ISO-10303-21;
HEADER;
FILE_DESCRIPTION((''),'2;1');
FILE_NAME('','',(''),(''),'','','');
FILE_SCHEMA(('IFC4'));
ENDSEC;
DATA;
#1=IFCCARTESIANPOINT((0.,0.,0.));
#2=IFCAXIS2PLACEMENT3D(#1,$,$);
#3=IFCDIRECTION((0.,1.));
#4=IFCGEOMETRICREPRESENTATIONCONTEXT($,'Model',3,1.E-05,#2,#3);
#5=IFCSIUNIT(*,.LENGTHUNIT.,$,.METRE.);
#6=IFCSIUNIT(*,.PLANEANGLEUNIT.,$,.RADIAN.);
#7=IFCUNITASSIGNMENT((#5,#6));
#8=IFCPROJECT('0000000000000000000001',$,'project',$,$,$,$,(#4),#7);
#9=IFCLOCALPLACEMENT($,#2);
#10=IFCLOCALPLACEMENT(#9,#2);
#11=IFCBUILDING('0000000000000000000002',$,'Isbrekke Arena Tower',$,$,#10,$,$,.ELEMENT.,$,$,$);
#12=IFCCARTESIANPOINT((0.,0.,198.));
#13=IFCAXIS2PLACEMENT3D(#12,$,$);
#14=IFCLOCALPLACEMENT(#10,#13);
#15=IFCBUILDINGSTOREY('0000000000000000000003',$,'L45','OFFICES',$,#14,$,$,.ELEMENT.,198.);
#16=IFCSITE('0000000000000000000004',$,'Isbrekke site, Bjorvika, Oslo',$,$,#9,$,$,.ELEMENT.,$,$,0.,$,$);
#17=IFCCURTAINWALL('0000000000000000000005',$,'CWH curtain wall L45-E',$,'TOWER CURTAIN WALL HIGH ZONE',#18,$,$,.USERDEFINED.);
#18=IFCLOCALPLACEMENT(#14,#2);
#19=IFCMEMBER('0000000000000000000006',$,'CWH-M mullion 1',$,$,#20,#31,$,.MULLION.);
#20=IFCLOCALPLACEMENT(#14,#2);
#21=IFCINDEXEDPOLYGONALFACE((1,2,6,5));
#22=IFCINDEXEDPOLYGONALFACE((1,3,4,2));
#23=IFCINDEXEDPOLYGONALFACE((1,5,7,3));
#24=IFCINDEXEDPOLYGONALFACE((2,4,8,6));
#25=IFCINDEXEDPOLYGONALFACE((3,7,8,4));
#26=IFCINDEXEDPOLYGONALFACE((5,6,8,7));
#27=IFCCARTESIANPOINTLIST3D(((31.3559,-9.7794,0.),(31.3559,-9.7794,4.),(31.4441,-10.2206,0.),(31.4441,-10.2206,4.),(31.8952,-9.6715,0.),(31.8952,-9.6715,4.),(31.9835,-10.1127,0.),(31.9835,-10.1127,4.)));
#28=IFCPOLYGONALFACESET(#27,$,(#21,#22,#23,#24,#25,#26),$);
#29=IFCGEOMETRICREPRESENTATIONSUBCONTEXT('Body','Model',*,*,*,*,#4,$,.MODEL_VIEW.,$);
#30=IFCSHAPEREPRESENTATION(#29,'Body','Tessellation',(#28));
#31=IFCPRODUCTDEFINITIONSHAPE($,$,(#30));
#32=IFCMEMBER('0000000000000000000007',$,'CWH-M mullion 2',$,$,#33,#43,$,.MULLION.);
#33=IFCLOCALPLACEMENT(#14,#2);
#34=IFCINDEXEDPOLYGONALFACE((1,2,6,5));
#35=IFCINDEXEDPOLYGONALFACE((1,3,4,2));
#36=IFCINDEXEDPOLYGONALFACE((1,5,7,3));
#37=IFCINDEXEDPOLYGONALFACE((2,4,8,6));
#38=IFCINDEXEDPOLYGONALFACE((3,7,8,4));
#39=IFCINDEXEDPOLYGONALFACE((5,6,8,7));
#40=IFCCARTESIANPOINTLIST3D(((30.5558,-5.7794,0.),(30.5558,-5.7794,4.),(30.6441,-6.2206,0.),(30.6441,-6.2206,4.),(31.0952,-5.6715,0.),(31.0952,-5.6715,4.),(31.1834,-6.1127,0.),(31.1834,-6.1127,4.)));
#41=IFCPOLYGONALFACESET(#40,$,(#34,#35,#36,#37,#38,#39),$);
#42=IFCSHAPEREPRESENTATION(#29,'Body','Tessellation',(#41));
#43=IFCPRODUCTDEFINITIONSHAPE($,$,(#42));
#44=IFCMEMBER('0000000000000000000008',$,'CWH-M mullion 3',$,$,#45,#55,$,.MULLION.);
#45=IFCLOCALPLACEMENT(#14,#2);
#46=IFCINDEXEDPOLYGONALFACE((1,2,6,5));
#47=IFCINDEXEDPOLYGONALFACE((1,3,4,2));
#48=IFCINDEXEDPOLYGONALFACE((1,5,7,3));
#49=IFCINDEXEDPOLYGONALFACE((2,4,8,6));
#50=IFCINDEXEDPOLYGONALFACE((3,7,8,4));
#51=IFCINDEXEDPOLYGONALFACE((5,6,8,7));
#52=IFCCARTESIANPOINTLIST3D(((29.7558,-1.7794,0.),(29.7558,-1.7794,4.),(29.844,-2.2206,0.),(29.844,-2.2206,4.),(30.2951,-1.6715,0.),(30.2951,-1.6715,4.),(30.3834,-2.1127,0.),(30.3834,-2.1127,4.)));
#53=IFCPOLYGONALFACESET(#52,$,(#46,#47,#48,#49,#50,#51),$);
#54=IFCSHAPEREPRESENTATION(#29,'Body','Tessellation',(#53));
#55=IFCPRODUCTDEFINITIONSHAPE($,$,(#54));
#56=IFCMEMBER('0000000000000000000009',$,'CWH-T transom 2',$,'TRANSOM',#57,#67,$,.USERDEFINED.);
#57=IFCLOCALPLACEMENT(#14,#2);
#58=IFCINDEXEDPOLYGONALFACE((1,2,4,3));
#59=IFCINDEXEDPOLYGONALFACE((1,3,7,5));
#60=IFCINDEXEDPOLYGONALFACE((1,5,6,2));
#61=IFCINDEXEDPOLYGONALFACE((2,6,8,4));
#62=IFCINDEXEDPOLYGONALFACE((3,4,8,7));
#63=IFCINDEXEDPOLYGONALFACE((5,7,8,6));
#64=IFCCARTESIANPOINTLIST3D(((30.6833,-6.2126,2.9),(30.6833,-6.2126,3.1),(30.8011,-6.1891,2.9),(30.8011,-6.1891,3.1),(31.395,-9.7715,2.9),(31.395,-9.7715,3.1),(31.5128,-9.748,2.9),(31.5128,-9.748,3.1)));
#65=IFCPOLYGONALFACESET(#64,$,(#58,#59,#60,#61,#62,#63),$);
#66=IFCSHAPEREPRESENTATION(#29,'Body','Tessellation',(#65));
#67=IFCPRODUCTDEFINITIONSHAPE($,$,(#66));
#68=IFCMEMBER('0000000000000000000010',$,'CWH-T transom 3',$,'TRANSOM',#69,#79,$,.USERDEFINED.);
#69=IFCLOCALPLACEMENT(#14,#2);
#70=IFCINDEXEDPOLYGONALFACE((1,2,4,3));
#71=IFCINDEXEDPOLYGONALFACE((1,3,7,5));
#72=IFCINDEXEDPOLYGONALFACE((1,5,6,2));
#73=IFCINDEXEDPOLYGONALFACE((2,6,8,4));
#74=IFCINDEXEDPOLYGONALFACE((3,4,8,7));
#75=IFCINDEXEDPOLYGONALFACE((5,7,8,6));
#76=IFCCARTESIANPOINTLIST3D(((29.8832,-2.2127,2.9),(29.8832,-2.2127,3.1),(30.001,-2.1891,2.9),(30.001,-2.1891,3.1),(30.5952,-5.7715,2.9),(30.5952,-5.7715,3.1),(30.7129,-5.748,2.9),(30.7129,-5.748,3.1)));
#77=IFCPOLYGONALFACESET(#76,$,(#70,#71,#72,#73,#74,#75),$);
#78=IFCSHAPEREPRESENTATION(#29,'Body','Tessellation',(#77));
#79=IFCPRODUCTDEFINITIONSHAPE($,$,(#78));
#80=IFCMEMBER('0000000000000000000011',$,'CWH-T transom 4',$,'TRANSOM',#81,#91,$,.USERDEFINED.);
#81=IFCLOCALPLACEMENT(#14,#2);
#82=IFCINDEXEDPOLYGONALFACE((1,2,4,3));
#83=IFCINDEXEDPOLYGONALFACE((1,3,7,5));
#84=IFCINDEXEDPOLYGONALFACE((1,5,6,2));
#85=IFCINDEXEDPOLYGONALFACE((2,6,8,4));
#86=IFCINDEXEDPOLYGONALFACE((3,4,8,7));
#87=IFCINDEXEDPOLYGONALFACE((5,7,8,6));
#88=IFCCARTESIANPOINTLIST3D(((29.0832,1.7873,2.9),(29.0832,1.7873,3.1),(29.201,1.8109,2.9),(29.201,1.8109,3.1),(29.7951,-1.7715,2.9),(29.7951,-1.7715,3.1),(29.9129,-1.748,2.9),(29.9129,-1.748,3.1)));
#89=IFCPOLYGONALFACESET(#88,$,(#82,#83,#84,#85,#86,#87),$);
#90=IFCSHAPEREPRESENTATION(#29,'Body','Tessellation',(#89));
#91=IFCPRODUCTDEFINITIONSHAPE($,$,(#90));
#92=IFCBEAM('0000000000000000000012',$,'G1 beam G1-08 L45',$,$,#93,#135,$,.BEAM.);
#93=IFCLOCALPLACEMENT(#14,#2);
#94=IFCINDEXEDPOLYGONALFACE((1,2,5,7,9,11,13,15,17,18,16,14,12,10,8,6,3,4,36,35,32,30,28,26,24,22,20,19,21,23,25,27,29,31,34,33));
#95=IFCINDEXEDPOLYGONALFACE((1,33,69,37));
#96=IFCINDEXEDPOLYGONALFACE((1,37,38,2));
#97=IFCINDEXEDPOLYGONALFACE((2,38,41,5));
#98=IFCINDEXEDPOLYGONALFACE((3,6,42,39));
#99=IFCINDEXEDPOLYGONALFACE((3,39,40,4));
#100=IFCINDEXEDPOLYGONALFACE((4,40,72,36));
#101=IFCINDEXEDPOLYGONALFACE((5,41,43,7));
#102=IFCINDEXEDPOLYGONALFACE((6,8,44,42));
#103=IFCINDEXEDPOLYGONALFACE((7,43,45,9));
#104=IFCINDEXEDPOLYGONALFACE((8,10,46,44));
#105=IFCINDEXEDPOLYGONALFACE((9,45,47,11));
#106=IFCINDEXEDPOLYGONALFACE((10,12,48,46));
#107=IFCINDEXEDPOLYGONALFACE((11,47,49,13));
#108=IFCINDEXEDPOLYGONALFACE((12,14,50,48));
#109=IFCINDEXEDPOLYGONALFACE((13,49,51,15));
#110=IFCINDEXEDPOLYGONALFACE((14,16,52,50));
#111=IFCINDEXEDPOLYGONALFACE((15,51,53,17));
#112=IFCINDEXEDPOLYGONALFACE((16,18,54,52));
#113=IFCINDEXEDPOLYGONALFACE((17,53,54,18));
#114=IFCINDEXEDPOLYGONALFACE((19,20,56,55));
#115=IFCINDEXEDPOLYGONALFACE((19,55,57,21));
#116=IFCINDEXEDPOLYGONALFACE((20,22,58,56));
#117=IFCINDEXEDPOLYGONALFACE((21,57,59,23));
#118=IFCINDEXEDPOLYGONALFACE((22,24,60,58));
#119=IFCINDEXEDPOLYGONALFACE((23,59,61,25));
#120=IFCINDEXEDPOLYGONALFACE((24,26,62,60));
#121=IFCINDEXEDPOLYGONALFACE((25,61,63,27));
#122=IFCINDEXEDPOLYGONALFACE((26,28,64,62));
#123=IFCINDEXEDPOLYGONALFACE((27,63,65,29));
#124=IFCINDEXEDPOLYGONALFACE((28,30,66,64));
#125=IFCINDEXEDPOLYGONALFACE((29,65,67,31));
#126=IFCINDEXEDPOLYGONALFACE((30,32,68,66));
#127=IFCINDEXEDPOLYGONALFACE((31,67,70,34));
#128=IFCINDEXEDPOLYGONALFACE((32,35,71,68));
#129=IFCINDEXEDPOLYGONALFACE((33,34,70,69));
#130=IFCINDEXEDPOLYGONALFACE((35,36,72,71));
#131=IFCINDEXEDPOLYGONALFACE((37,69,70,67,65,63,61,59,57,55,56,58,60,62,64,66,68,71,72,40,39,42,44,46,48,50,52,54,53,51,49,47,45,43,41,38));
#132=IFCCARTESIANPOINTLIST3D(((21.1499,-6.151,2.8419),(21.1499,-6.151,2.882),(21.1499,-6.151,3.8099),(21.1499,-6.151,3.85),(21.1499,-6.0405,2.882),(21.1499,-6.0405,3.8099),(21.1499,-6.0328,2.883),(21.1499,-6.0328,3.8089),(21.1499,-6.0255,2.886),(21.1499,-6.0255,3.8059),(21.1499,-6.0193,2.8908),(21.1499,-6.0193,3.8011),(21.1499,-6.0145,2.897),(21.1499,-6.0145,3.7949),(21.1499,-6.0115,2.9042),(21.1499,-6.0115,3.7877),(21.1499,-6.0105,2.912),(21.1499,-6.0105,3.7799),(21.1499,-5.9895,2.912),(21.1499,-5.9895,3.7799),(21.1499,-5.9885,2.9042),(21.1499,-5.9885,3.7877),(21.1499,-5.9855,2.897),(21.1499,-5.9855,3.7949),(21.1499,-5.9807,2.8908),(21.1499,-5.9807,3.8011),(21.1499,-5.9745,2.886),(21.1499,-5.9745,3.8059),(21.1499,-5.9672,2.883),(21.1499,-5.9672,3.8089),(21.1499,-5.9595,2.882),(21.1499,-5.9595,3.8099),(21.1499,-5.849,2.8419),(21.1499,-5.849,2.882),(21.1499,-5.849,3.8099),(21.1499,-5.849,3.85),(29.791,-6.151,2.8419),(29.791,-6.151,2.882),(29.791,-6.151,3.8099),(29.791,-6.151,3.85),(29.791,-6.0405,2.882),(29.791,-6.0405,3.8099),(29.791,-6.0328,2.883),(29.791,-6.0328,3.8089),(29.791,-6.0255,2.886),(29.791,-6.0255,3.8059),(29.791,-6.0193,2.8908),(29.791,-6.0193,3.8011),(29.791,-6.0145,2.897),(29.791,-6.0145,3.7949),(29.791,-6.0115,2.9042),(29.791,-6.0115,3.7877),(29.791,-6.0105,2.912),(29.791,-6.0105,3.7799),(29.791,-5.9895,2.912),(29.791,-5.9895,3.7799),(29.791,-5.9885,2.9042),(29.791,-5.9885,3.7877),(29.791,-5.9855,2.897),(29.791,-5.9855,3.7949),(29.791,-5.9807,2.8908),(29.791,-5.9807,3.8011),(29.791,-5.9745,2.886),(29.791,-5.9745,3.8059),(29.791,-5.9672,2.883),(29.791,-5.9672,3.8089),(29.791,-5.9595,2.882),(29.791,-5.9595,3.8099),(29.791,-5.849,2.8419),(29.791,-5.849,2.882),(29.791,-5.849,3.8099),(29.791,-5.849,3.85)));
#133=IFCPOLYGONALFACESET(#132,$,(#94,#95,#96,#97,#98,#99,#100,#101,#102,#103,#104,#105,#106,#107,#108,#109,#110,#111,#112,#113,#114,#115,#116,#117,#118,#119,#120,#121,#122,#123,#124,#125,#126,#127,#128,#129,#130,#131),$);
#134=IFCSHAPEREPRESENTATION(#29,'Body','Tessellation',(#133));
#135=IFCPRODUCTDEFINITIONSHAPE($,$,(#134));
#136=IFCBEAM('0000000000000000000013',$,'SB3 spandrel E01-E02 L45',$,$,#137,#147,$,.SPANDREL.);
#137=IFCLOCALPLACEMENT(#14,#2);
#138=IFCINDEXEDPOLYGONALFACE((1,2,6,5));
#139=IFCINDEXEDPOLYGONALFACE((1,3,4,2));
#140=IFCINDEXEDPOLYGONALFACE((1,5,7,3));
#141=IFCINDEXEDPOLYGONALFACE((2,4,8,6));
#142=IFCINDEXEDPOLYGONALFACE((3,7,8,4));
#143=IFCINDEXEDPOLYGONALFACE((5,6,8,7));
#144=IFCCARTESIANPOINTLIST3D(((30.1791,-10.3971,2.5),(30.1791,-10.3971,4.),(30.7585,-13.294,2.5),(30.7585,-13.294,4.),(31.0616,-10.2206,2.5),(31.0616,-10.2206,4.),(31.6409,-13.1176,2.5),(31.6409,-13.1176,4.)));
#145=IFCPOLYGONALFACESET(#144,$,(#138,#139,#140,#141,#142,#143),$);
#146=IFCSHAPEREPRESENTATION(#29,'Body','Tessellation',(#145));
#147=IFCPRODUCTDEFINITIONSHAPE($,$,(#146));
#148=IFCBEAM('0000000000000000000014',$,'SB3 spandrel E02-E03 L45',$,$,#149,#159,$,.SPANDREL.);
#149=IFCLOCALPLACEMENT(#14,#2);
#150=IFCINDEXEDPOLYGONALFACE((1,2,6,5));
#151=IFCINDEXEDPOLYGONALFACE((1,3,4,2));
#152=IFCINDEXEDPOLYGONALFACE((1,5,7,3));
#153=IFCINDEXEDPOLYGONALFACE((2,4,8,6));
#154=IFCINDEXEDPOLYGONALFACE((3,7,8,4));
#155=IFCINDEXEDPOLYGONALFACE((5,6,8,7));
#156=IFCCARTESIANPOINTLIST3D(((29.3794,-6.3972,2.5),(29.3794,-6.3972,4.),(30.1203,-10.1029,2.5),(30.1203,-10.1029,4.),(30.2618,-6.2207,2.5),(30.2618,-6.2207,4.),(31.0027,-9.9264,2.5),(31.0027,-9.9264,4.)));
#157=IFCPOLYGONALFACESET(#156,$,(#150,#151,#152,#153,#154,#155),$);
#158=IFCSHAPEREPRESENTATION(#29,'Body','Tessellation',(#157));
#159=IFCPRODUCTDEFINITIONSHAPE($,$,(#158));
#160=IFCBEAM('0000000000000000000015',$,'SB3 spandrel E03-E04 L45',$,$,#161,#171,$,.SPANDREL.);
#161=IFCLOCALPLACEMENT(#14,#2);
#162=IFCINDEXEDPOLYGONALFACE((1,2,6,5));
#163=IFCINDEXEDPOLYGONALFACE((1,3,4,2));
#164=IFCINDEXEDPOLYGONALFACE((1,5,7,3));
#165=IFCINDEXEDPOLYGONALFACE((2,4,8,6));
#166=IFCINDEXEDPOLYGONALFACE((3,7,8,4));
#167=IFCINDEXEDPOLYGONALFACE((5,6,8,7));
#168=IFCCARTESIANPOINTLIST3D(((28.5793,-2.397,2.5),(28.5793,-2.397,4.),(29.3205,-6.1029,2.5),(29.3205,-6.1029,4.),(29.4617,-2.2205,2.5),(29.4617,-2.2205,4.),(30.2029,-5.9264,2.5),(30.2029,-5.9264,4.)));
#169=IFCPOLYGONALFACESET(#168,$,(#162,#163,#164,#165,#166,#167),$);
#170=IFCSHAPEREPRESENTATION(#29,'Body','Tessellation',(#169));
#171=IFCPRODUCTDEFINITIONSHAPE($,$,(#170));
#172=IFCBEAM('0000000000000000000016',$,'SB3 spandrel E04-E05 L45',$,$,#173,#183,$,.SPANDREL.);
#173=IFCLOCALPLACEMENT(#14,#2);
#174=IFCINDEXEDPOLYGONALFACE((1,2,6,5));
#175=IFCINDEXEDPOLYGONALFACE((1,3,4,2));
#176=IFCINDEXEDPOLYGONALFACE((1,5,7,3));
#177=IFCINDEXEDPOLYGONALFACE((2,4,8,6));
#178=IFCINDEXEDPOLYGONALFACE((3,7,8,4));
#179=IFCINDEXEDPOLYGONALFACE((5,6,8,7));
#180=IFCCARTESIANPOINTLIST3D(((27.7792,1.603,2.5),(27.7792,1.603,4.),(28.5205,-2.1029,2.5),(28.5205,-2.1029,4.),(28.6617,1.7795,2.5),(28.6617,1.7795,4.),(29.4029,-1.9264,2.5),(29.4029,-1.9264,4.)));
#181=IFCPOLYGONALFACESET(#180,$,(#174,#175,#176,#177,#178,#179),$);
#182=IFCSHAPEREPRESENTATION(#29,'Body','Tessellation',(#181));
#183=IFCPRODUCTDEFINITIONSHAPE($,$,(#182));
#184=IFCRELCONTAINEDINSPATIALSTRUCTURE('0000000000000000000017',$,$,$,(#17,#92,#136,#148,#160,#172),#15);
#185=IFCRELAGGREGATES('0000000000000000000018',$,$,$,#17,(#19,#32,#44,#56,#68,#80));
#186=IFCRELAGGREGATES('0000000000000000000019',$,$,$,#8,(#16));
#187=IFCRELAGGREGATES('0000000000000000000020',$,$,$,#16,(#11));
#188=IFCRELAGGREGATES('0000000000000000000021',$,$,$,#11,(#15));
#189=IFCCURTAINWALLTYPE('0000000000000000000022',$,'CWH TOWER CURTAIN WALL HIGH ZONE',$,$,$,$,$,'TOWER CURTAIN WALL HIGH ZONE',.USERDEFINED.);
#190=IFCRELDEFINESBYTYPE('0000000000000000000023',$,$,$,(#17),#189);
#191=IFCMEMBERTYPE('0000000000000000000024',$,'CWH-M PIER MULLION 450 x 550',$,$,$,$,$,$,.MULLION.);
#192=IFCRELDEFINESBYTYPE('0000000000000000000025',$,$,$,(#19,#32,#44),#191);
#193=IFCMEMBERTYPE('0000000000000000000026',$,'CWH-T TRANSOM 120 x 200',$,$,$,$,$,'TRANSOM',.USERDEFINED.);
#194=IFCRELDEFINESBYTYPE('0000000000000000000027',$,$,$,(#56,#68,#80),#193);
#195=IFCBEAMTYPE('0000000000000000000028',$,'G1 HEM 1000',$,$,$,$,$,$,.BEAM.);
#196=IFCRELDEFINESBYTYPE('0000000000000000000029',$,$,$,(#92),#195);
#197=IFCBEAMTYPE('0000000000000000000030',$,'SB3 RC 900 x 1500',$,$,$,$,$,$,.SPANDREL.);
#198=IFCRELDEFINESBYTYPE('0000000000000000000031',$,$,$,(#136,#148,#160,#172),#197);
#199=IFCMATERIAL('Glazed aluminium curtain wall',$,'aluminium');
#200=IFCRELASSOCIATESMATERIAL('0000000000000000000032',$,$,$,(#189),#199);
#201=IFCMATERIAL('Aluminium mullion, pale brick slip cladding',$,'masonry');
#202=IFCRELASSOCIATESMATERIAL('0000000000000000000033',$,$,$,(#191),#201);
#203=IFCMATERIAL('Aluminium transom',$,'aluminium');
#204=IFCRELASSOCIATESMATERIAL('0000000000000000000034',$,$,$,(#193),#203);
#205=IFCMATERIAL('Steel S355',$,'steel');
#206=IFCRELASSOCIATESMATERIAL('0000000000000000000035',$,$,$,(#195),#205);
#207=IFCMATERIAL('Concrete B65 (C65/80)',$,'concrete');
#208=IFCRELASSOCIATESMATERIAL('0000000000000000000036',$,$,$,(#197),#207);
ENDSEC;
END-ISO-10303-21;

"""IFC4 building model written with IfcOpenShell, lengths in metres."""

from ifc_helpers import new_model, si_unit, direction, frame, origin, origin_2d, place, context, subcontext, project, spatial, rectangle, i_section, extrude, material, material_profile, profile_set, type_object, element, aggregate, save


model = new_model("IFC4")

# Units and contexts
model_context = context("Model", 3, precision=1e-05, world=origin(), true_north=direction((0.0, 1.0)))
body_context = subcontext(model_context, "Body", "Model", "MODEL_VIEW")
ifc_project = project(units=[si_unit("LENGTHUNIT", "METRE"), si_unit("PLANEANGLEUNIT", "RADIAN")], contexts=[model_context])

# Site, building, storey
site_placement = place(None, origin())
site = spatial("IfcSite", under=ifc_project, at=site_placement, Name="Isbrekke site, Bjorvika, Oslo", CompositionType="ELEMENT", RefElevation=0.0)
building_placement = place(site_placement, origin())
building = spatial("IfcBuilding", under=site, at=building_placement, Name="Isbrekke Arena Tower", CompositionType="ELEMENT")
storey_placement = place(building_placement, frame((0.0, 0.0, 198.0)))
storey = spatial("IfcBuildingStorey", under=building, at=storey_placement, Name="L45", Description="OFFICES", CompositionType="ELEMENT", Elevation=198.0)

# Curtain wall, members
ifc_material_1 = material(Name="Glazed aluminium curtain wall", Category="aluminium")
curtain_wall_type = type_object("IfcCurtainWallType", Name="CWH TOWER CURTAIN WALL HIGH ZONE", ElementType="TOWER CURTAIN WALL HIGH ZONE", PredefinedType="USERDEFINED", material=ifc_material_1)
curtain_wall_placement = place(storey_placement, origin())
curtain_wall = element("IfcCurtainWall", 1, at=curtain_wall_placement, inside=storey, type_object=curtain_wall_type, Name="CWH curtain wall L45-E", ObjectType="TOWER CURTAIN WALL HIGH ZONE", PredefinedType="USERDEFINED")
ifc_material_2 = material(Name="Aluminium mullion, pale brick slip cladding", Category="masonry")
ifc_material_profile_1 = material_profile(ifc_material_2, rectangle(XDim=0.45, YDim=0.55, at=origin_2d()), Name="PIER 450X550")
ifc_profile_set_1 = profile_set([ifc_material_profile_1], Name="Aluminium mullion, pale brick slip cladding")
member_type_1 = type_object("IfcMemberType", Name="CWH-M PIER MULLION 450 x 550", PredefinedType="MULLION", material=ifc_profile_set_1)
member_1_placement = place(storey_placement, frame((31.6697, -9.946, 0.0), z_axis=(0.0, 0.0, 1.0), x_axis=(-0.196116, 0.980581, 0.0)))
member_1 = element("IfcMember", 2, at=member_1_placement, type_object=member_type_1, Name="CWH-M mullion 1", PredefinedType="MULLION", context=body_context, shape_type="SweptSolid", body=[
    extrude(rectangle(XDim=0.45, YDim=0.55, at=origin_2d()), origin(), (0.0, 0.0, 1.0), 4.0),
])
member_2_placement = place(storey_placement, frame((30.8696, -5.946, 0.0), z_axis=(0.0, 0.0, 1.0), x_axis=(-0.196116, 0.980581, 0.0)))
member_2 = element("IfcMember", 3, at=member_2_placement, type_object=member_type_1, Name="CWH-M mullion 2", PredefinedType="MULLION", context=body_context, shape_type="SweptSolid", body=[
    extrude(rectangle(XDim=0.45, YDim=0.55, at=origin_2d()), origin(), (0.0, 0.0, 1.0), 4.0),
])
member_3_placement = place(storey_placement, frame((30.0696, -1.946, 0.0), z_axis=(0.0, 0.0, 1.0), x_axis=(-0.196116, 0.980581, 0.0)))
member_3 = element("IfcMember", 4, at=member_3_placement, type_object=member_type_1, Name="CWH-M mullion 3", PredefinedType="MULLION", context=body_context, shape_type="SweptSolid", body=[
    extrude(rectangle(XDim=0.45, YDim=0.55, at=origin_2d()), origin(), (0.0, 0.0, 1.0), 4.0),
])
ifc_material_3 = material(Name="Aluminium transom", Category="aluminium")
ifc_material_profile_2 = material_profile(ifc_material_3, rectangle(XDim=0.1201, YDim=0.2, at=origin_2d()), Name="TRANSOM 120X200")
ifc_profile_set_2 = profile_set([ifc_material_profile_2], Name="Aluminium transom")
member_type_2 = type_object("IfcMemberType", Name="CWH-T TRANSOM 120 x 200", ElementType="TRANSOM", PredefinedType="USERDEFINED", material=ifc_profile_set_2)
member_4_placement = place(storey_placement, frame((31.4539, -9.7598, 3.0), z_axis=(-0.19609, 0.980586, 0.0), x_axis=(-0.980586, -0.19609, 0.0)))
member_4 = element("IfcMember", 5, at=member_4_placement, type_object=member_type_2, Name="CWH-T transom 2", ObjectType="TRANSOM", PredefinedType="USERDEFINED", context=body_context, shape_type="SweptSolid", body=[
    extrude(rectangle(XDim=0.1201, YDim=0.2, at=origin_2d()), origin(), (0.0, 0.0, 1.0), 3.6294),
])
member_5_placement = place(storey_placement, frame((30.6541, -5.7598, 3.0), z_axis=(-0.196155, 0.980573, 0.0), x_axis=(-0.980573, -0.196155, 0.0)))
member_5 = element("IfcMember", 6, at=member_5_placement, type_object=member_type_2, Name="CWH-T transom 3", ObjectType="TRANSOM", PredefinedType="USERDEFINED", context=body_context, shape_type="SweptSolid", body=[
    extrude(rectangle(XDim=0.1201, YDim=0.2, at=origin_2d()), origin(), (0.0, 0.0, 1.0), 3.6294),
])
member_6_placement = place(storey_placement, frame((29.854, -1.7598, 3.0), z_axis=(-0.196155, 0.980573, 0.0), x_axis=(-0.980573, -0.196155, 0.0)))
member_6 = element("IfcMember", 7, at=member_6_placement, type_object=member_type_2, Name="CWH-T transom 4", ObjectType="TRANSOM", PredefinedType="USERDEFINED", context=body_context, shape_type="SweptSolid", body=[
    extrude(rectangle(XDim=0.1201, YDim=0.2, at=origin_2d()), origin(), (0.0, 0.0, 1.0), 3.6294),
])

# Beams
ifc_material_4 = material(Name="Steel S355", Category="steel")
ifc_material_profile_3 = material_profile(ifc_material_4, i_section(OverallWidth=0.302, OverallDepth=1.0081, WebThickness=0.021, FlangeThickness=0.04, FilletRadius=0.03, at=origin_2d()), Name="HEM 1000")
ifc_profile_set_3 = profile_set([ifc_material_profile_3], Name="Steel S355")
beam_type_1 = type_object("IfcBeamType", Name="G1 HEM 1000", PredefinedType="BEAM", material=ifc_profile_set_3)
beam_1_placement = place(storey_placement, frame((21.1499, -6.0, 3.3459), z_axis=(1.0, 0.0, 0.0), x_axis=(0.0, 1.0, 0.0)))
element("IfcBeam", 8, at=beam_1_placement, inside=storey, type_object=beam_type_1, Name="G1 beam G1-08 L45", PredefinedType="BEAM", context=body_context, shape_type="SweptSolid", body=[
    extrude(i_section(OverallWidth=0.302, OverallDepth=1.0081, WebThickness=0.021, FlangeThickness=0.04, FilletRadius=0.03, at=origin_2d()), origin(), (0.0, 0.0, 1.0), 8.6411),
])
ifc_material_5 = material(Name="Concrete B65 (C65/80)", Category="concrete")
ifc_material_profile_4 = material_profile(ifc_material_5, rectangle(XDim=0.8999, YDim=1.5, at=origin_2d()), Name="RC 900x1500")
ifc_profile_set_4 = profile_set([ifc_material_profile_4], Name="Concrete B65 (C65/80)")
beam_type_2 = type_object("IfcBeamType", Name="SB3 RC 900 x 1500", PredefinedType="SPANDREL", material=ifc_profile_set_4)
beam_2_placement = place(storey_placement, frame((31.1997, -13.2058, 3.25), z_axis=(-0.1961, 0.980584, 0.0), x_axis=(-0.980584, -0.1961, 0.0)))
element("IfcBeam", 9, at=beam_2_placement, inside=storey, type_object=beam_type_2, Name="SB3 spandrel E01-E02 L45", PredefinedType="SPANDREL", context=body_context, shape_type="SweptSolid", body=[
    extrude(rectangle(XDim=0.8999, YDim=1.5, at=origin_2d()), origin(), (0.0, 0.0, 1.0), 2.9543),
])
beam_3_placement = place(storey_placement, frame((30.5615, -10.0146, 3.25), z_axis=(-0.196066, 0.980591, 0.0), x_axis=(-0.980591, -0.196066, 0.0)))
element("IfcBeam", 10, at=beam_3_placement, inside=storey, type_object=beam_type_2, Name="SB3 spandrel E02-E03 L45", PredefinedType="SPANDREL", context=body_context, shape_type="SweptSolid", body=[
    extrude(rectangle(XDim=0.8999, YDim=1.5, at=origin_2d()), origin(), (0.0, 0.0, 1.0), 3.7791),
])
for number, where, z_axis, x_axis, name in (
    (11, (29.7617, -6.0146, 3.25), (-0.196129, 0.980578, 0.0), (-0.980578, -0.196129, 0.0), "SB3 spandrel E03-E04 L45"),
    (12, (28.9617, -2.0146, 3.25), (-0.196129, 0.980578, 0.0), (-0.980578, -0.196129, 0.0), "SB3 spandrel E04-E05 L45"),
):
    element("IfcBeam", number, at=place(storey_placement, frame(where, z_axis=z_axis, x_axis=x_axis)), inside=storey, type_object=beam_type_2, Name=name, PredefinedType="SPANDREL", context=body_context, shape_type="SweptSolid", body=[
        extrude(rectangle(XDim=0.8999, YDim=1.5, at=origin_2d()), origin(), (0.0, 0.0, 1.0), 3.7793),
    ])

aggregate(curtain_wall, [member_1, member_2, member_3, member_4, member_5, member_6])

save(model, "model.ifc")
